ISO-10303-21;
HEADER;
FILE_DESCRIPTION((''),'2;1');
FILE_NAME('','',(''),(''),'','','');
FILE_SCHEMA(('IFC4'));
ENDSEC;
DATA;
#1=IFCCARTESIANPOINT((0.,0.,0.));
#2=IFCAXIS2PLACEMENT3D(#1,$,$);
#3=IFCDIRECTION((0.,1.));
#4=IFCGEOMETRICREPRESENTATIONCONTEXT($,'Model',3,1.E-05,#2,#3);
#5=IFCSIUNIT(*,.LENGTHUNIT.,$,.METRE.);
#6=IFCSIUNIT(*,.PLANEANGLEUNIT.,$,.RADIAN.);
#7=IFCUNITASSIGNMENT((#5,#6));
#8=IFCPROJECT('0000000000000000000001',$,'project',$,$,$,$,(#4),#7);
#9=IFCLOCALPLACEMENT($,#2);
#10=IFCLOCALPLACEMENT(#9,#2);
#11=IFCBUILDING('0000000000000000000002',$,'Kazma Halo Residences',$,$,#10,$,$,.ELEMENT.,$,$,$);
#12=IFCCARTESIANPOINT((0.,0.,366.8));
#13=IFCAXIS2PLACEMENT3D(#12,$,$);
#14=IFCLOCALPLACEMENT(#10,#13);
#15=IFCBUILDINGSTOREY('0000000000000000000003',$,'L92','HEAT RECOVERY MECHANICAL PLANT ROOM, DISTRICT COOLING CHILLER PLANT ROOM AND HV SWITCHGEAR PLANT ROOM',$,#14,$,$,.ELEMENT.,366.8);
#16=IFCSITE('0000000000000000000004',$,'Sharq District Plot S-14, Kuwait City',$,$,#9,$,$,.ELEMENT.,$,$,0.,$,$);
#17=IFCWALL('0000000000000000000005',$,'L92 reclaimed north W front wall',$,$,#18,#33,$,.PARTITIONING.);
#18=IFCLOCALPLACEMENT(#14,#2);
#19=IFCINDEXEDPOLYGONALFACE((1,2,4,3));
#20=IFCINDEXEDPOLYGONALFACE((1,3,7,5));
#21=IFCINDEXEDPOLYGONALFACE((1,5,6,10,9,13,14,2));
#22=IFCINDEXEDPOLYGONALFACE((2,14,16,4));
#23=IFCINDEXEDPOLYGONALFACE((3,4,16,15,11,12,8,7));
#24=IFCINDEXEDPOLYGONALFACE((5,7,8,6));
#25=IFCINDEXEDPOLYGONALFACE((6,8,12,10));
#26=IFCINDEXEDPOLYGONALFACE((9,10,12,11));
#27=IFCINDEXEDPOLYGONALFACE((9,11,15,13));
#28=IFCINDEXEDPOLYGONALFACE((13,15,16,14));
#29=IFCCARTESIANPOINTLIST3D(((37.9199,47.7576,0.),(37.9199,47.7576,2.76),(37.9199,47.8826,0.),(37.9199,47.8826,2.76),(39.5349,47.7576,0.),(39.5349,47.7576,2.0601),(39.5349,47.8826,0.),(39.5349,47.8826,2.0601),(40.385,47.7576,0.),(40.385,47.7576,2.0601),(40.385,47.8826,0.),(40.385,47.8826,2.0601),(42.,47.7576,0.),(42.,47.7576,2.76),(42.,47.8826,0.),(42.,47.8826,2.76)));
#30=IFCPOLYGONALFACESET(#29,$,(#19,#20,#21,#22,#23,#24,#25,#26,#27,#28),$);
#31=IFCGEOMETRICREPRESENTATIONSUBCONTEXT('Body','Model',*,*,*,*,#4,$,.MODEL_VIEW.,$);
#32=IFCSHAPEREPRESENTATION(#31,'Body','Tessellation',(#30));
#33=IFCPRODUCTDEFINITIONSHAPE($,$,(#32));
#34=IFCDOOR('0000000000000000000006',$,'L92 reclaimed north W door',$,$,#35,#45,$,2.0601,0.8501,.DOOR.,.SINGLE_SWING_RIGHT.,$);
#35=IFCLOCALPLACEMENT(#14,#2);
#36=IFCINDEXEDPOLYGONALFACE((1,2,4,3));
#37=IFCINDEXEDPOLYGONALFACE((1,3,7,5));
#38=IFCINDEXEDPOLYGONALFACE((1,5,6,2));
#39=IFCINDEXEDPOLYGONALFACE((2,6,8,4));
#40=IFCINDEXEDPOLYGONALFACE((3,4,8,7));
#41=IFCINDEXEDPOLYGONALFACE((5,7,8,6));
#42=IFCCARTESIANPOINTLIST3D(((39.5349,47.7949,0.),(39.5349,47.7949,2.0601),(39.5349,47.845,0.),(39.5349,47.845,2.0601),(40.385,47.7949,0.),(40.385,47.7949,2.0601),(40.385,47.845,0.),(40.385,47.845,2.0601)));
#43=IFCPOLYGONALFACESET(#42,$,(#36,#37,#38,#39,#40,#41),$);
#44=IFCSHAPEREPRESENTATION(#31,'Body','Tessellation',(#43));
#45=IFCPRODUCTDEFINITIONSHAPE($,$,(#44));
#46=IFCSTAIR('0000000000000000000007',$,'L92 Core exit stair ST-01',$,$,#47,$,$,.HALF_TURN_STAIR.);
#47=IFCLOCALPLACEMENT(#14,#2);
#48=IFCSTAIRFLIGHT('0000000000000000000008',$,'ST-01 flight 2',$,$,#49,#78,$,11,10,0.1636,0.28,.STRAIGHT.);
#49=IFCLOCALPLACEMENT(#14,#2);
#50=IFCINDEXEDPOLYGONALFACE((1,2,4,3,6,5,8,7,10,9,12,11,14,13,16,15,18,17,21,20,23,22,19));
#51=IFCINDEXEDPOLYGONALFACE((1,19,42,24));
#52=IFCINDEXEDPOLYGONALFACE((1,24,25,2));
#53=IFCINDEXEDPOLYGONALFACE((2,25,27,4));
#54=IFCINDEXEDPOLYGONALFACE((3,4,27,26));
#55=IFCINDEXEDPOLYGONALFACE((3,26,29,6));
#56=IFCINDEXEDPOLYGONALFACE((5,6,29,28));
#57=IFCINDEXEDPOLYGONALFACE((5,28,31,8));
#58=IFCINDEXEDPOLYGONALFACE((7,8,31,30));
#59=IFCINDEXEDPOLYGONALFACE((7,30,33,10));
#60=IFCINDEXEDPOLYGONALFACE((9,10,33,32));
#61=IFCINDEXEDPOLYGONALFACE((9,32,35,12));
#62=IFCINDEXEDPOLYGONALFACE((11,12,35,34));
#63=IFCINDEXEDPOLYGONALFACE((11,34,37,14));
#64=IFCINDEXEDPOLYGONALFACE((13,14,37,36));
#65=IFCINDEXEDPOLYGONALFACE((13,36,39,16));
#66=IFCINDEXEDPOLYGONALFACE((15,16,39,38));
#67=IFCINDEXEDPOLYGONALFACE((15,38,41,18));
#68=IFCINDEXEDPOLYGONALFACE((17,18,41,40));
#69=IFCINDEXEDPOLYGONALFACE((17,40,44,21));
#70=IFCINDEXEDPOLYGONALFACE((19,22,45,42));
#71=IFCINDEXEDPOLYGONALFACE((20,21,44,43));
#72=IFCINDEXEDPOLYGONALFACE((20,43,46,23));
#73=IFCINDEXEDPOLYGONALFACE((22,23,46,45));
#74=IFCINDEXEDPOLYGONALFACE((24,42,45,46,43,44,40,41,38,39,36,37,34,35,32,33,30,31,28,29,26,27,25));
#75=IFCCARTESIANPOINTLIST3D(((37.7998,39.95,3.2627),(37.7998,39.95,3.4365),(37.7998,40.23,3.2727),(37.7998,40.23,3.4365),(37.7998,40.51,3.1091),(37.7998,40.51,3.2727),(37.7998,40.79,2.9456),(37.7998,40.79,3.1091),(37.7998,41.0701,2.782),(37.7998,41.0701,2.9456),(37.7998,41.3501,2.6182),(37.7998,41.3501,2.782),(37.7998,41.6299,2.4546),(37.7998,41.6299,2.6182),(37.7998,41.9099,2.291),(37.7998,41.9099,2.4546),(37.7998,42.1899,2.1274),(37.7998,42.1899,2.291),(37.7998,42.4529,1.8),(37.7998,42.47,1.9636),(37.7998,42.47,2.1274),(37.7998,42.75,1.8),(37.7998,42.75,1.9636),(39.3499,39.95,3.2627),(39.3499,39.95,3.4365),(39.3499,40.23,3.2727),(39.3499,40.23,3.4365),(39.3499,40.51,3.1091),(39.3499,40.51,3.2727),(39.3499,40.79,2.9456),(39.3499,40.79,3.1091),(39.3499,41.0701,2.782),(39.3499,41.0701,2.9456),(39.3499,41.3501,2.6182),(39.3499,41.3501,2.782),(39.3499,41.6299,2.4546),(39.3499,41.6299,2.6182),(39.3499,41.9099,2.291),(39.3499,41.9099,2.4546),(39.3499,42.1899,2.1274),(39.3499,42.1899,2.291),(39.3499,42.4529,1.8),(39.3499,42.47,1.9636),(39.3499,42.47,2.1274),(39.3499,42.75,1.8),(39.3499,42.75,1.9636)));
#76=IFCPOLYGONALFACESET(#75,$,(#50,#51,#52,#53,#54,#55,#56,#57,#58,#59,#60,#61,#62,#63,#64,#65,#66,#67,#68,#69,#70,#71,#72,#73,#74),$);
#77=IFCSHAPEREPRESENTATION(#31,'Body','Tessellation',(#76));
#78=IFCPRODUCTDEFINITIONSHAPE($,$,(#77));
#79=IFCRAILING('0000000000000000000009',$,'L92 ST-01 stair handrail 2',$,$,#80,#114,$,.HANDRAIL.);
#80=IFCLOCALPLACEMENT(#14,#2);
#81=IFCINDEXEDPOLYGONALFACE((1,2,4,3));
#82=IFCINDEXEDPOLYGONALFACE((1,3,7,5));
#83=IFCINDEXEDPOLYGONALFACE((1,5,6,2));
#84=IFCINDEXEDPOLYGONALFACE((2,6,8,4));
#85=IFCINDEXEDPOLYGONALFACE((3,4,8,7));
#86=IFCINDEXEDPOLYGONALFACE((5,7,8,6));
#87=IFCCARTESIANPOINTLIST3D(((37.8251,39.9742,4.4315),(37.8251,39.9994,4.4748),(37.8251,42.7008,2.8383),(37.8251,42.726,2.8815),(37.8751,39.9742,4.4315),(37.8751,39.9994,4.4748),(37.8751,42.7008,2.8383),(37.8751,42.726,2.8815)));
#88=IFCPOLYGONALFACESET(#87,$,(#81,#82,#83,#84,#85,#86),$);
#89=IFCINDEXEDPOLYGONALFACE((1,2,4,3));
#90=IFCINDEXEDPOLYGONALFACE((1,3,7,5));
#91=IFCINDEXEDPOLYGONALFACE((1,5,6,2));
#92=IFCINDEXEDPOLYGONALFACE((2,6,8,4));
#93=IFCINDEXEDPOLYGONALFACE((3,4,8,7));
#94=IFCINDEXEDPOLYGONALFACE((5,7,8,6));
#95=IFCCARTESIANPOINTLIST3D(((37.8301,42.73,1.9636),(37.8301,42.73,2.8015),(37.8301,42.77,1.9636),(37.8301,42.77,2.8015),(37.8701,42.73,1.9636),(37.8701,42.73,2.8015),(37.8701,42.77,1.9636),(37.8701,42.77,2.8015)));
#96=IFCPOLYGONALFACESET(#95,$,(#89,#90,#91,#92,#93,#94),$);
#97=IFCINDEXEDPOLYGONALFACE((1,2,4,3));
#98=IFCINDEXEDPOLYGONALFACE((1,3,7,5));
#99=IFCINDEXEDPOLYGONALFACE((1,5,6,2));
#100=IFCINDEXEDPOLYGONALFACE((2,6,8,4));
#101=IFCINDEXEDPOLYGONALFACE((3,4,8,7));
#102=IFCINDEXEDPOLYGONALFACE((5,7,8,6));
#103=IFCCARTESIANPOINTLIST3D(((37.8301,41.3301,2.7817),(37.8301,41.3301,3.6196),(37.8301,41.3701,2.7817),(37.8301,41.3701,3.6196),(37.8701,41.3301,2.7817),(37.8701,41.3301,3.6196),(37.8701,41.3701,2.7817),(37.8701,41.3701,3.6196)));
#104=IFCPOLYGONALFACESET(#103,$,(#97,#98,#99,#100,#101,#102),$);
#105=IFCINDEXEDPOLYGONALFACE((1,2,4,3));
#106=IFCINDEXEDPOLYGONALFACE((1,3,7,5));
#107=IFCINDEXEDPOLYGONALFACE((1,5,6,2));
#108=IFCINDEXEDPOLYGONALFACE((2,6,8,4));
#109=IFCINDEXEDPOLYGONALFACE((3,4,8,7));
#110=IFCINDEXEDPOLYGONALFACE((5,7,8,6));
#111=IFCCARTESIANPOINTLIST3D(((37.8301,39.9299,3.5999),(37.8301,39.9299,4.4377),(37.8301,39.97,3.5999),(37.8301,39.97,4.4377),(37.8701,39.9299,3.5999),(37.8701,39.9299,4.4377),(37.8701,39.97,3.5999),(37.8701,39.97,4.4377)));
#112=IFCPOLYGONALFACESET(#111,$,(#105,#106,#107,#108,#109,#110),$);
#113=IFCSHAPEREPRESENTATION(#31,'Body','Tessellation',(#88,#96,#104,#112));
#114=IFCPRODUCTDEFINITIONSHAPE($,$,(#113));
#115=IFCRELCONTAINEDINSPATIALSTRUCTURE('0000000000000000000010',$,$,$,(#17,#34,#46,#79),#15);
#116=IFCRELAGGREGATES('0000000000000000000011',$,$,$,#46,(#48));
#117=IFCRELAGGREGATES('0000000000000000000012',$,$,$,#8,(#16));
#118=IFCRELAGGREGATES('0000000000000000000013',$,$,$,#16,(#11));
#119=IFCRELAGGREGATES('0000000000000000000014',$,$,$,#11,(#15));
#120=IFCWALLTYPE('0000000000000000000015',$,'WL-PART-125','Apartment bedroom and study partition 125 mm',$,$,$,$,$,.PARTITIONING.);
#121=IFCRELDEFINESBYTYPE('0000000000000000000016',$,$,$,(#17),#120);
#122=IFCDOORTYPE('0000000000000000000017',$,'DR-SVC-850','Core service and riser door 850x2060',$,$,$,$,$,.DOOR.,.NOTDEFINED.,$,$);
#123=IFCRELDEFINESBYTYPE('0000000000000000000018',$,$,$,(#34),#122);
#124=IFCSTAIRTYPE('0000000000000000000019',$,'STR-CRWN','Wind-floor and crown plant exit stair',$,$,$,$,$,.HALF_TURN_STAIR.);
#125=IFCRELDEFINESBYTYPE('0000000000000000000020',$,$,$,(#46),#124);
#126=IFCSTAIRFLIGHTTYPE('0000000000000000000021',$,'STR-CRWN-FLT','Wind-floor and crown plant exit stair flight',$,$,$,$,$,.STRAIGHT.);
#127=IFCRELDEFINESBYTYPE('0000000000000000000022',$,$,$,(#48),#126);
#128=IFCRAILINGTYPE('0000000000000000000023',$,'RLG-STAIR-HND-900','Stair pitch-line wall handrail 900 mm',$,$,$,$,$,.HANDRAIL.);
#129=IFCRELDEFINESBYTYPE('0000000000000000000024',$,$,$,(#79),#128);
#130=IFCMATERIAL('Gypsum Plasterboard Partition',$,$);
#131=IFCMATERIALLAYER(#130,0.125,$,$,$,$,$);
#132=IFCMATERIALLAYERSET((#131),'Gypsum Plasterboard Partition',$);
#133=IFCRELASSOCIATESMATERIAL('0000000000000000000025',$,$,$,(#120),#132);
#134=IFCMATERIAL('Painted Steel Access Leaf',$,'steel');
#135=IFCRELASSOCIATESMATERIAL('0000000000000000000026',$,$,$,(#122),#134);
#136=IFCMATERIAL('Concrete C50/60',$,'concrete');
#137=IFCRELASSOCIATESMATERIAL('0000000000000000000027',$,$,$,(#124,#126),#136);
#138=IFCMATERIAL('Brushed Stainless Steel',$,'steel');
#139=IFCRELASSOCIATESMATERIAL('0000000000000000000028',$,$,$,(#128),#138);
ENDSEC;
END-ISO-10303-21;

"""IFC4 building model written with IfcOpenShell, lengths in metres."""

from ifc_helpers import new_model, si_unit, direction, frame, frame_2d, origin, origin_2d, place, context, subcontext, project, spatial, polyline, rectangle, outline, extrude, material, layer, layer_set, type_object, element, fill, aggregate, save


model = new_model("IFC4")

# Units and contexts
model_context = context("Model", 3, precision=1e-05, world=origin(), true_north=direction((0.0, 1.0)))
body_context = subcontext(model_context, "Body", "Model", "MODEL_VIEW")
ifc_project = project(units=[si_unit("LENGTHUNIT", "METRE"), si_unit("PLANEANGLEUNIT", "RADIAN")], contexts=[model_context])

# Site, building, storey
site_placement = place(None, origin())
site = spatial("IfcSite", under=ifc_project, at=site_placement, Name="Sharq District Plot S-14, Kuwait City", CompositionType="ELEMENT", RefElevation=0.0)
building_placement = place(site_placement, origin())
building = spatial("IfcBuilding", under=site, at=building_placement, Name="Kazma Halo Residences", CompositionType="ELEMENT")
storey_placement = place(building_placement, frame((0.0, 0.0, 366.8)))
storey = spatial("IfcBuildingStorey", under=building, at=storey_placement, Name="L92", Description="HEAT RECOVERY MECHANICAL PLANT ROOM, DISTRICT COOLING CHILLER PLANT ROOM AND HV SWITCHGEAR PLANT ROOM", CompositionType="ELEMENT", Elevation=366.8)

# Wall, opening, door
ifc_material_1 = material(Name="Gypsum Plasterboard Partition")
ifc_layer_1 = layer(ifc_material_1, 0.125)
ifc_layer_set_1 = layer_set([ifc_layer_1], Name="Gypsum Plasterboard Partition")
wall_type_1 = type_object("IfcWallType", Name="WL-PART-125", Description="Apartment bedroom and study partition 125 mm", PredefinedType="PARTITIONING", material=ifc_layer_set_1)
wall_1_placement = place(storey_placement, frame((37.9199, 47.8201, 0.0), z_axis=(0.0, 0.0, 1.0), x_axis=(1.0, 0.0, 0.0)))
wall_1 = element("IfcWall", 1, at=wall_1_placement, inside=storey, type_object=wall_type_1, Name="L92 reclaimed north W front wall", PredefinedType="PARTITIONING", context=body_context, shape_type="SweptSolid", body=[
    extrude(rectangle(XDim=4.0801, YDim=0.125, at=frame_2d((2.04, 0.0))), origin(), (0.0, 0.0, 1.0), 2.76),
])
opening_1_placement = place(wall_1_placement, frame((1.615, 0.0, 0.0)))
opening_1 = element("IfcOpeningElement", 2, at=opening_1_placement, cuts=wall_1, PredefinedType="OPENING", context=body_context, shape_type="SweptSolid", body=[
    extrude(rectangle(XDim=0.8501, YDim=2.0601, at=frame_2d((0.425, 1.03))), frame((0.0, 0.0725, 0.0), z_axis=(0.0, -1.0, 0.0), x_axis=(1.0, 0.0, 0.0)), (0.0, 0.0, 1.0), 0.145),
])
ifc_material_2 = material(Name="Painted Steel Access Leaf", Category="steel")
door_type_1 = type_object("IfcDoorType", Name="DR-SVC-850", Description="Core service and riser door 850x2060", OperationType="NOTDEFINED", PredefinedType="DOOR", material=ifc_material_2)
door_1_placement = place(opening_1_placement, origin())
door_1 = element("IfcDoor", 3, at=door_1_placement, inside=storey, type_object=door_type_1, Name="L92 reclaimed north W door", OperationType="SINGLE_SWING_RIGHT", OverallHeight=2.0601, OverallWidth=0.8501, PredefinedType="DOOR", context=body_context, shape_type="SweptSolid", body=[
    extrude(rectangle(XDim=0.8501, YDim=2.0601, at=frame_2d((0.425, 1.03))), frame((0.0, 0.0249, 0.0), z_axis=(0.0, -1.0, 0.0), x_axis=(1.0, 0.0, 0.0)), (0.0, 0.0, 1.0), 0.05),
])
fill(opening_1, door_1)

# Stair, stair flight
ifc_material_3 = material(Name="Concrete C50/60", Category="concrete")
stair_type = type_object("IfcStairType", Name="STR-CRWN", Description="Wind-floor and crown plant exit stair", PredefinedType="HALF_TURN_STAIR", material=ifc_material_3)
stair_placement = place(storey_placement, origin())
stair = element("IfcStair", 4, at=stair_placement, inside=storey, type_object=stair_type, Name="L92 Core exit stair ST-01", PredefinedType="HALF_TURN_STAIR")
stair_flight_type = type_object("IfcStairFlightType", Name="STR-CRWN-FLT", Description="Wind-floor and crown plant exit stair flight", PredefinedType="STRAIGHT", material=ifc_material_3)
stair_flight_placement = place(storey_placement, frame((38.575, 42.75, 1.8), z_axis=(0.0, 0.0, 1.0), x_axis=(0.0, -1.0, 0.0)))
stair_flight = element("IfcStairFlight", 5, at=stair_flight_placement, type_object=stair_flight_type, Name="ST-01 flight 2", NumberOfRisers=11, NumberOfTreads=10, PredefinedType="STRAIGHT", RiserHeight=0.1636, TreadLength=0.28, context=body_context, shape_type="SweptSolid", body=[
    extrude(outline(polyline([(0.0, 0.0), (0.0, 0.1636), (0.28, 0.1636), (0.28, 0.3274), (0.5601, 0.3274), (0.5601, 0.491), (0.8401, 0.491), (0.8401, 0.6545), (1.1201, 0.6545), (1.1201, 0.8181), (1.3999, 0.8181), (1.3999, 0.9819), (1.6799, 0.9819), (1.6799, 1.1455), (1.96, 1.1455), (1.96, 1.3091), (2.24, 1.3091), (2.24, 1.4727), (2.52, 1.4727), (2.52, 1.6365), (2.8, 1.6365), (2.8, 1.8), (2.8, 1.4626), (0.2971, 0.0), (0.0, 0.0)])), frame((0.0, 0.7749, 0.0), z_axis=(0.0, -1.0, 0.0), x_axis=(1.0, 0.0, 0.0)), (0.0, 0.0, 1.0), 1.55),
])
aggregate(stair, [stair_flight])

# Railing
ifc_material_4 = material(Name="Brushed Stainless Steel", Category="steel")
railing_type = type_object("IfcRailingType", Name="RLG-STAIR-HND-900", Description="Stair pitch-line wall handrail 900 mm", PredefinedType="HANDRAIL", material=ifc_material_4)
railing_placement = place(storey_placement, frame((37.8501, 42.75, 1.9636)))
element("IfcRailing", 6, at=railing_placement, inside=storey, type_object=railing_type, Name="L92 ST-01 stair handrail 2", PredefinedType="HANDRAIL", context=body_context, shape_type="SweptSolid", body=[
    extrude(rectangle(XDim=0.05, YDim=0.05, at=origin_2d()), frame((0.0, -0.0366, 0.8962), z_axis=(0.0, -0.863394, 0.504531), x_axis=(1.0, 0.0, 0.0)), (0.0, 0.0, 1.0), 3.158),
    extrude(rectangle(XDim=0.04, YDim=0.04, at=origin_2d()), origin(), (0.0, 0.0, 1.0), 0.8379),
    extrude(rectangle(XDim=0.04, YDim=0.04, at=origin_2d()), frame((0.0, -1.3999, 0.8181)), (0.0, 0.0, 1.0), 0.8379),
    extrude(rectangle(XDim=0.04, YDim=0.04, at=origin_2d()), frame((0.0, -2.8, 1.6362)), (0.0, 0.0, 1.0), 0.8379),
])

save(model, "model.ifc")
